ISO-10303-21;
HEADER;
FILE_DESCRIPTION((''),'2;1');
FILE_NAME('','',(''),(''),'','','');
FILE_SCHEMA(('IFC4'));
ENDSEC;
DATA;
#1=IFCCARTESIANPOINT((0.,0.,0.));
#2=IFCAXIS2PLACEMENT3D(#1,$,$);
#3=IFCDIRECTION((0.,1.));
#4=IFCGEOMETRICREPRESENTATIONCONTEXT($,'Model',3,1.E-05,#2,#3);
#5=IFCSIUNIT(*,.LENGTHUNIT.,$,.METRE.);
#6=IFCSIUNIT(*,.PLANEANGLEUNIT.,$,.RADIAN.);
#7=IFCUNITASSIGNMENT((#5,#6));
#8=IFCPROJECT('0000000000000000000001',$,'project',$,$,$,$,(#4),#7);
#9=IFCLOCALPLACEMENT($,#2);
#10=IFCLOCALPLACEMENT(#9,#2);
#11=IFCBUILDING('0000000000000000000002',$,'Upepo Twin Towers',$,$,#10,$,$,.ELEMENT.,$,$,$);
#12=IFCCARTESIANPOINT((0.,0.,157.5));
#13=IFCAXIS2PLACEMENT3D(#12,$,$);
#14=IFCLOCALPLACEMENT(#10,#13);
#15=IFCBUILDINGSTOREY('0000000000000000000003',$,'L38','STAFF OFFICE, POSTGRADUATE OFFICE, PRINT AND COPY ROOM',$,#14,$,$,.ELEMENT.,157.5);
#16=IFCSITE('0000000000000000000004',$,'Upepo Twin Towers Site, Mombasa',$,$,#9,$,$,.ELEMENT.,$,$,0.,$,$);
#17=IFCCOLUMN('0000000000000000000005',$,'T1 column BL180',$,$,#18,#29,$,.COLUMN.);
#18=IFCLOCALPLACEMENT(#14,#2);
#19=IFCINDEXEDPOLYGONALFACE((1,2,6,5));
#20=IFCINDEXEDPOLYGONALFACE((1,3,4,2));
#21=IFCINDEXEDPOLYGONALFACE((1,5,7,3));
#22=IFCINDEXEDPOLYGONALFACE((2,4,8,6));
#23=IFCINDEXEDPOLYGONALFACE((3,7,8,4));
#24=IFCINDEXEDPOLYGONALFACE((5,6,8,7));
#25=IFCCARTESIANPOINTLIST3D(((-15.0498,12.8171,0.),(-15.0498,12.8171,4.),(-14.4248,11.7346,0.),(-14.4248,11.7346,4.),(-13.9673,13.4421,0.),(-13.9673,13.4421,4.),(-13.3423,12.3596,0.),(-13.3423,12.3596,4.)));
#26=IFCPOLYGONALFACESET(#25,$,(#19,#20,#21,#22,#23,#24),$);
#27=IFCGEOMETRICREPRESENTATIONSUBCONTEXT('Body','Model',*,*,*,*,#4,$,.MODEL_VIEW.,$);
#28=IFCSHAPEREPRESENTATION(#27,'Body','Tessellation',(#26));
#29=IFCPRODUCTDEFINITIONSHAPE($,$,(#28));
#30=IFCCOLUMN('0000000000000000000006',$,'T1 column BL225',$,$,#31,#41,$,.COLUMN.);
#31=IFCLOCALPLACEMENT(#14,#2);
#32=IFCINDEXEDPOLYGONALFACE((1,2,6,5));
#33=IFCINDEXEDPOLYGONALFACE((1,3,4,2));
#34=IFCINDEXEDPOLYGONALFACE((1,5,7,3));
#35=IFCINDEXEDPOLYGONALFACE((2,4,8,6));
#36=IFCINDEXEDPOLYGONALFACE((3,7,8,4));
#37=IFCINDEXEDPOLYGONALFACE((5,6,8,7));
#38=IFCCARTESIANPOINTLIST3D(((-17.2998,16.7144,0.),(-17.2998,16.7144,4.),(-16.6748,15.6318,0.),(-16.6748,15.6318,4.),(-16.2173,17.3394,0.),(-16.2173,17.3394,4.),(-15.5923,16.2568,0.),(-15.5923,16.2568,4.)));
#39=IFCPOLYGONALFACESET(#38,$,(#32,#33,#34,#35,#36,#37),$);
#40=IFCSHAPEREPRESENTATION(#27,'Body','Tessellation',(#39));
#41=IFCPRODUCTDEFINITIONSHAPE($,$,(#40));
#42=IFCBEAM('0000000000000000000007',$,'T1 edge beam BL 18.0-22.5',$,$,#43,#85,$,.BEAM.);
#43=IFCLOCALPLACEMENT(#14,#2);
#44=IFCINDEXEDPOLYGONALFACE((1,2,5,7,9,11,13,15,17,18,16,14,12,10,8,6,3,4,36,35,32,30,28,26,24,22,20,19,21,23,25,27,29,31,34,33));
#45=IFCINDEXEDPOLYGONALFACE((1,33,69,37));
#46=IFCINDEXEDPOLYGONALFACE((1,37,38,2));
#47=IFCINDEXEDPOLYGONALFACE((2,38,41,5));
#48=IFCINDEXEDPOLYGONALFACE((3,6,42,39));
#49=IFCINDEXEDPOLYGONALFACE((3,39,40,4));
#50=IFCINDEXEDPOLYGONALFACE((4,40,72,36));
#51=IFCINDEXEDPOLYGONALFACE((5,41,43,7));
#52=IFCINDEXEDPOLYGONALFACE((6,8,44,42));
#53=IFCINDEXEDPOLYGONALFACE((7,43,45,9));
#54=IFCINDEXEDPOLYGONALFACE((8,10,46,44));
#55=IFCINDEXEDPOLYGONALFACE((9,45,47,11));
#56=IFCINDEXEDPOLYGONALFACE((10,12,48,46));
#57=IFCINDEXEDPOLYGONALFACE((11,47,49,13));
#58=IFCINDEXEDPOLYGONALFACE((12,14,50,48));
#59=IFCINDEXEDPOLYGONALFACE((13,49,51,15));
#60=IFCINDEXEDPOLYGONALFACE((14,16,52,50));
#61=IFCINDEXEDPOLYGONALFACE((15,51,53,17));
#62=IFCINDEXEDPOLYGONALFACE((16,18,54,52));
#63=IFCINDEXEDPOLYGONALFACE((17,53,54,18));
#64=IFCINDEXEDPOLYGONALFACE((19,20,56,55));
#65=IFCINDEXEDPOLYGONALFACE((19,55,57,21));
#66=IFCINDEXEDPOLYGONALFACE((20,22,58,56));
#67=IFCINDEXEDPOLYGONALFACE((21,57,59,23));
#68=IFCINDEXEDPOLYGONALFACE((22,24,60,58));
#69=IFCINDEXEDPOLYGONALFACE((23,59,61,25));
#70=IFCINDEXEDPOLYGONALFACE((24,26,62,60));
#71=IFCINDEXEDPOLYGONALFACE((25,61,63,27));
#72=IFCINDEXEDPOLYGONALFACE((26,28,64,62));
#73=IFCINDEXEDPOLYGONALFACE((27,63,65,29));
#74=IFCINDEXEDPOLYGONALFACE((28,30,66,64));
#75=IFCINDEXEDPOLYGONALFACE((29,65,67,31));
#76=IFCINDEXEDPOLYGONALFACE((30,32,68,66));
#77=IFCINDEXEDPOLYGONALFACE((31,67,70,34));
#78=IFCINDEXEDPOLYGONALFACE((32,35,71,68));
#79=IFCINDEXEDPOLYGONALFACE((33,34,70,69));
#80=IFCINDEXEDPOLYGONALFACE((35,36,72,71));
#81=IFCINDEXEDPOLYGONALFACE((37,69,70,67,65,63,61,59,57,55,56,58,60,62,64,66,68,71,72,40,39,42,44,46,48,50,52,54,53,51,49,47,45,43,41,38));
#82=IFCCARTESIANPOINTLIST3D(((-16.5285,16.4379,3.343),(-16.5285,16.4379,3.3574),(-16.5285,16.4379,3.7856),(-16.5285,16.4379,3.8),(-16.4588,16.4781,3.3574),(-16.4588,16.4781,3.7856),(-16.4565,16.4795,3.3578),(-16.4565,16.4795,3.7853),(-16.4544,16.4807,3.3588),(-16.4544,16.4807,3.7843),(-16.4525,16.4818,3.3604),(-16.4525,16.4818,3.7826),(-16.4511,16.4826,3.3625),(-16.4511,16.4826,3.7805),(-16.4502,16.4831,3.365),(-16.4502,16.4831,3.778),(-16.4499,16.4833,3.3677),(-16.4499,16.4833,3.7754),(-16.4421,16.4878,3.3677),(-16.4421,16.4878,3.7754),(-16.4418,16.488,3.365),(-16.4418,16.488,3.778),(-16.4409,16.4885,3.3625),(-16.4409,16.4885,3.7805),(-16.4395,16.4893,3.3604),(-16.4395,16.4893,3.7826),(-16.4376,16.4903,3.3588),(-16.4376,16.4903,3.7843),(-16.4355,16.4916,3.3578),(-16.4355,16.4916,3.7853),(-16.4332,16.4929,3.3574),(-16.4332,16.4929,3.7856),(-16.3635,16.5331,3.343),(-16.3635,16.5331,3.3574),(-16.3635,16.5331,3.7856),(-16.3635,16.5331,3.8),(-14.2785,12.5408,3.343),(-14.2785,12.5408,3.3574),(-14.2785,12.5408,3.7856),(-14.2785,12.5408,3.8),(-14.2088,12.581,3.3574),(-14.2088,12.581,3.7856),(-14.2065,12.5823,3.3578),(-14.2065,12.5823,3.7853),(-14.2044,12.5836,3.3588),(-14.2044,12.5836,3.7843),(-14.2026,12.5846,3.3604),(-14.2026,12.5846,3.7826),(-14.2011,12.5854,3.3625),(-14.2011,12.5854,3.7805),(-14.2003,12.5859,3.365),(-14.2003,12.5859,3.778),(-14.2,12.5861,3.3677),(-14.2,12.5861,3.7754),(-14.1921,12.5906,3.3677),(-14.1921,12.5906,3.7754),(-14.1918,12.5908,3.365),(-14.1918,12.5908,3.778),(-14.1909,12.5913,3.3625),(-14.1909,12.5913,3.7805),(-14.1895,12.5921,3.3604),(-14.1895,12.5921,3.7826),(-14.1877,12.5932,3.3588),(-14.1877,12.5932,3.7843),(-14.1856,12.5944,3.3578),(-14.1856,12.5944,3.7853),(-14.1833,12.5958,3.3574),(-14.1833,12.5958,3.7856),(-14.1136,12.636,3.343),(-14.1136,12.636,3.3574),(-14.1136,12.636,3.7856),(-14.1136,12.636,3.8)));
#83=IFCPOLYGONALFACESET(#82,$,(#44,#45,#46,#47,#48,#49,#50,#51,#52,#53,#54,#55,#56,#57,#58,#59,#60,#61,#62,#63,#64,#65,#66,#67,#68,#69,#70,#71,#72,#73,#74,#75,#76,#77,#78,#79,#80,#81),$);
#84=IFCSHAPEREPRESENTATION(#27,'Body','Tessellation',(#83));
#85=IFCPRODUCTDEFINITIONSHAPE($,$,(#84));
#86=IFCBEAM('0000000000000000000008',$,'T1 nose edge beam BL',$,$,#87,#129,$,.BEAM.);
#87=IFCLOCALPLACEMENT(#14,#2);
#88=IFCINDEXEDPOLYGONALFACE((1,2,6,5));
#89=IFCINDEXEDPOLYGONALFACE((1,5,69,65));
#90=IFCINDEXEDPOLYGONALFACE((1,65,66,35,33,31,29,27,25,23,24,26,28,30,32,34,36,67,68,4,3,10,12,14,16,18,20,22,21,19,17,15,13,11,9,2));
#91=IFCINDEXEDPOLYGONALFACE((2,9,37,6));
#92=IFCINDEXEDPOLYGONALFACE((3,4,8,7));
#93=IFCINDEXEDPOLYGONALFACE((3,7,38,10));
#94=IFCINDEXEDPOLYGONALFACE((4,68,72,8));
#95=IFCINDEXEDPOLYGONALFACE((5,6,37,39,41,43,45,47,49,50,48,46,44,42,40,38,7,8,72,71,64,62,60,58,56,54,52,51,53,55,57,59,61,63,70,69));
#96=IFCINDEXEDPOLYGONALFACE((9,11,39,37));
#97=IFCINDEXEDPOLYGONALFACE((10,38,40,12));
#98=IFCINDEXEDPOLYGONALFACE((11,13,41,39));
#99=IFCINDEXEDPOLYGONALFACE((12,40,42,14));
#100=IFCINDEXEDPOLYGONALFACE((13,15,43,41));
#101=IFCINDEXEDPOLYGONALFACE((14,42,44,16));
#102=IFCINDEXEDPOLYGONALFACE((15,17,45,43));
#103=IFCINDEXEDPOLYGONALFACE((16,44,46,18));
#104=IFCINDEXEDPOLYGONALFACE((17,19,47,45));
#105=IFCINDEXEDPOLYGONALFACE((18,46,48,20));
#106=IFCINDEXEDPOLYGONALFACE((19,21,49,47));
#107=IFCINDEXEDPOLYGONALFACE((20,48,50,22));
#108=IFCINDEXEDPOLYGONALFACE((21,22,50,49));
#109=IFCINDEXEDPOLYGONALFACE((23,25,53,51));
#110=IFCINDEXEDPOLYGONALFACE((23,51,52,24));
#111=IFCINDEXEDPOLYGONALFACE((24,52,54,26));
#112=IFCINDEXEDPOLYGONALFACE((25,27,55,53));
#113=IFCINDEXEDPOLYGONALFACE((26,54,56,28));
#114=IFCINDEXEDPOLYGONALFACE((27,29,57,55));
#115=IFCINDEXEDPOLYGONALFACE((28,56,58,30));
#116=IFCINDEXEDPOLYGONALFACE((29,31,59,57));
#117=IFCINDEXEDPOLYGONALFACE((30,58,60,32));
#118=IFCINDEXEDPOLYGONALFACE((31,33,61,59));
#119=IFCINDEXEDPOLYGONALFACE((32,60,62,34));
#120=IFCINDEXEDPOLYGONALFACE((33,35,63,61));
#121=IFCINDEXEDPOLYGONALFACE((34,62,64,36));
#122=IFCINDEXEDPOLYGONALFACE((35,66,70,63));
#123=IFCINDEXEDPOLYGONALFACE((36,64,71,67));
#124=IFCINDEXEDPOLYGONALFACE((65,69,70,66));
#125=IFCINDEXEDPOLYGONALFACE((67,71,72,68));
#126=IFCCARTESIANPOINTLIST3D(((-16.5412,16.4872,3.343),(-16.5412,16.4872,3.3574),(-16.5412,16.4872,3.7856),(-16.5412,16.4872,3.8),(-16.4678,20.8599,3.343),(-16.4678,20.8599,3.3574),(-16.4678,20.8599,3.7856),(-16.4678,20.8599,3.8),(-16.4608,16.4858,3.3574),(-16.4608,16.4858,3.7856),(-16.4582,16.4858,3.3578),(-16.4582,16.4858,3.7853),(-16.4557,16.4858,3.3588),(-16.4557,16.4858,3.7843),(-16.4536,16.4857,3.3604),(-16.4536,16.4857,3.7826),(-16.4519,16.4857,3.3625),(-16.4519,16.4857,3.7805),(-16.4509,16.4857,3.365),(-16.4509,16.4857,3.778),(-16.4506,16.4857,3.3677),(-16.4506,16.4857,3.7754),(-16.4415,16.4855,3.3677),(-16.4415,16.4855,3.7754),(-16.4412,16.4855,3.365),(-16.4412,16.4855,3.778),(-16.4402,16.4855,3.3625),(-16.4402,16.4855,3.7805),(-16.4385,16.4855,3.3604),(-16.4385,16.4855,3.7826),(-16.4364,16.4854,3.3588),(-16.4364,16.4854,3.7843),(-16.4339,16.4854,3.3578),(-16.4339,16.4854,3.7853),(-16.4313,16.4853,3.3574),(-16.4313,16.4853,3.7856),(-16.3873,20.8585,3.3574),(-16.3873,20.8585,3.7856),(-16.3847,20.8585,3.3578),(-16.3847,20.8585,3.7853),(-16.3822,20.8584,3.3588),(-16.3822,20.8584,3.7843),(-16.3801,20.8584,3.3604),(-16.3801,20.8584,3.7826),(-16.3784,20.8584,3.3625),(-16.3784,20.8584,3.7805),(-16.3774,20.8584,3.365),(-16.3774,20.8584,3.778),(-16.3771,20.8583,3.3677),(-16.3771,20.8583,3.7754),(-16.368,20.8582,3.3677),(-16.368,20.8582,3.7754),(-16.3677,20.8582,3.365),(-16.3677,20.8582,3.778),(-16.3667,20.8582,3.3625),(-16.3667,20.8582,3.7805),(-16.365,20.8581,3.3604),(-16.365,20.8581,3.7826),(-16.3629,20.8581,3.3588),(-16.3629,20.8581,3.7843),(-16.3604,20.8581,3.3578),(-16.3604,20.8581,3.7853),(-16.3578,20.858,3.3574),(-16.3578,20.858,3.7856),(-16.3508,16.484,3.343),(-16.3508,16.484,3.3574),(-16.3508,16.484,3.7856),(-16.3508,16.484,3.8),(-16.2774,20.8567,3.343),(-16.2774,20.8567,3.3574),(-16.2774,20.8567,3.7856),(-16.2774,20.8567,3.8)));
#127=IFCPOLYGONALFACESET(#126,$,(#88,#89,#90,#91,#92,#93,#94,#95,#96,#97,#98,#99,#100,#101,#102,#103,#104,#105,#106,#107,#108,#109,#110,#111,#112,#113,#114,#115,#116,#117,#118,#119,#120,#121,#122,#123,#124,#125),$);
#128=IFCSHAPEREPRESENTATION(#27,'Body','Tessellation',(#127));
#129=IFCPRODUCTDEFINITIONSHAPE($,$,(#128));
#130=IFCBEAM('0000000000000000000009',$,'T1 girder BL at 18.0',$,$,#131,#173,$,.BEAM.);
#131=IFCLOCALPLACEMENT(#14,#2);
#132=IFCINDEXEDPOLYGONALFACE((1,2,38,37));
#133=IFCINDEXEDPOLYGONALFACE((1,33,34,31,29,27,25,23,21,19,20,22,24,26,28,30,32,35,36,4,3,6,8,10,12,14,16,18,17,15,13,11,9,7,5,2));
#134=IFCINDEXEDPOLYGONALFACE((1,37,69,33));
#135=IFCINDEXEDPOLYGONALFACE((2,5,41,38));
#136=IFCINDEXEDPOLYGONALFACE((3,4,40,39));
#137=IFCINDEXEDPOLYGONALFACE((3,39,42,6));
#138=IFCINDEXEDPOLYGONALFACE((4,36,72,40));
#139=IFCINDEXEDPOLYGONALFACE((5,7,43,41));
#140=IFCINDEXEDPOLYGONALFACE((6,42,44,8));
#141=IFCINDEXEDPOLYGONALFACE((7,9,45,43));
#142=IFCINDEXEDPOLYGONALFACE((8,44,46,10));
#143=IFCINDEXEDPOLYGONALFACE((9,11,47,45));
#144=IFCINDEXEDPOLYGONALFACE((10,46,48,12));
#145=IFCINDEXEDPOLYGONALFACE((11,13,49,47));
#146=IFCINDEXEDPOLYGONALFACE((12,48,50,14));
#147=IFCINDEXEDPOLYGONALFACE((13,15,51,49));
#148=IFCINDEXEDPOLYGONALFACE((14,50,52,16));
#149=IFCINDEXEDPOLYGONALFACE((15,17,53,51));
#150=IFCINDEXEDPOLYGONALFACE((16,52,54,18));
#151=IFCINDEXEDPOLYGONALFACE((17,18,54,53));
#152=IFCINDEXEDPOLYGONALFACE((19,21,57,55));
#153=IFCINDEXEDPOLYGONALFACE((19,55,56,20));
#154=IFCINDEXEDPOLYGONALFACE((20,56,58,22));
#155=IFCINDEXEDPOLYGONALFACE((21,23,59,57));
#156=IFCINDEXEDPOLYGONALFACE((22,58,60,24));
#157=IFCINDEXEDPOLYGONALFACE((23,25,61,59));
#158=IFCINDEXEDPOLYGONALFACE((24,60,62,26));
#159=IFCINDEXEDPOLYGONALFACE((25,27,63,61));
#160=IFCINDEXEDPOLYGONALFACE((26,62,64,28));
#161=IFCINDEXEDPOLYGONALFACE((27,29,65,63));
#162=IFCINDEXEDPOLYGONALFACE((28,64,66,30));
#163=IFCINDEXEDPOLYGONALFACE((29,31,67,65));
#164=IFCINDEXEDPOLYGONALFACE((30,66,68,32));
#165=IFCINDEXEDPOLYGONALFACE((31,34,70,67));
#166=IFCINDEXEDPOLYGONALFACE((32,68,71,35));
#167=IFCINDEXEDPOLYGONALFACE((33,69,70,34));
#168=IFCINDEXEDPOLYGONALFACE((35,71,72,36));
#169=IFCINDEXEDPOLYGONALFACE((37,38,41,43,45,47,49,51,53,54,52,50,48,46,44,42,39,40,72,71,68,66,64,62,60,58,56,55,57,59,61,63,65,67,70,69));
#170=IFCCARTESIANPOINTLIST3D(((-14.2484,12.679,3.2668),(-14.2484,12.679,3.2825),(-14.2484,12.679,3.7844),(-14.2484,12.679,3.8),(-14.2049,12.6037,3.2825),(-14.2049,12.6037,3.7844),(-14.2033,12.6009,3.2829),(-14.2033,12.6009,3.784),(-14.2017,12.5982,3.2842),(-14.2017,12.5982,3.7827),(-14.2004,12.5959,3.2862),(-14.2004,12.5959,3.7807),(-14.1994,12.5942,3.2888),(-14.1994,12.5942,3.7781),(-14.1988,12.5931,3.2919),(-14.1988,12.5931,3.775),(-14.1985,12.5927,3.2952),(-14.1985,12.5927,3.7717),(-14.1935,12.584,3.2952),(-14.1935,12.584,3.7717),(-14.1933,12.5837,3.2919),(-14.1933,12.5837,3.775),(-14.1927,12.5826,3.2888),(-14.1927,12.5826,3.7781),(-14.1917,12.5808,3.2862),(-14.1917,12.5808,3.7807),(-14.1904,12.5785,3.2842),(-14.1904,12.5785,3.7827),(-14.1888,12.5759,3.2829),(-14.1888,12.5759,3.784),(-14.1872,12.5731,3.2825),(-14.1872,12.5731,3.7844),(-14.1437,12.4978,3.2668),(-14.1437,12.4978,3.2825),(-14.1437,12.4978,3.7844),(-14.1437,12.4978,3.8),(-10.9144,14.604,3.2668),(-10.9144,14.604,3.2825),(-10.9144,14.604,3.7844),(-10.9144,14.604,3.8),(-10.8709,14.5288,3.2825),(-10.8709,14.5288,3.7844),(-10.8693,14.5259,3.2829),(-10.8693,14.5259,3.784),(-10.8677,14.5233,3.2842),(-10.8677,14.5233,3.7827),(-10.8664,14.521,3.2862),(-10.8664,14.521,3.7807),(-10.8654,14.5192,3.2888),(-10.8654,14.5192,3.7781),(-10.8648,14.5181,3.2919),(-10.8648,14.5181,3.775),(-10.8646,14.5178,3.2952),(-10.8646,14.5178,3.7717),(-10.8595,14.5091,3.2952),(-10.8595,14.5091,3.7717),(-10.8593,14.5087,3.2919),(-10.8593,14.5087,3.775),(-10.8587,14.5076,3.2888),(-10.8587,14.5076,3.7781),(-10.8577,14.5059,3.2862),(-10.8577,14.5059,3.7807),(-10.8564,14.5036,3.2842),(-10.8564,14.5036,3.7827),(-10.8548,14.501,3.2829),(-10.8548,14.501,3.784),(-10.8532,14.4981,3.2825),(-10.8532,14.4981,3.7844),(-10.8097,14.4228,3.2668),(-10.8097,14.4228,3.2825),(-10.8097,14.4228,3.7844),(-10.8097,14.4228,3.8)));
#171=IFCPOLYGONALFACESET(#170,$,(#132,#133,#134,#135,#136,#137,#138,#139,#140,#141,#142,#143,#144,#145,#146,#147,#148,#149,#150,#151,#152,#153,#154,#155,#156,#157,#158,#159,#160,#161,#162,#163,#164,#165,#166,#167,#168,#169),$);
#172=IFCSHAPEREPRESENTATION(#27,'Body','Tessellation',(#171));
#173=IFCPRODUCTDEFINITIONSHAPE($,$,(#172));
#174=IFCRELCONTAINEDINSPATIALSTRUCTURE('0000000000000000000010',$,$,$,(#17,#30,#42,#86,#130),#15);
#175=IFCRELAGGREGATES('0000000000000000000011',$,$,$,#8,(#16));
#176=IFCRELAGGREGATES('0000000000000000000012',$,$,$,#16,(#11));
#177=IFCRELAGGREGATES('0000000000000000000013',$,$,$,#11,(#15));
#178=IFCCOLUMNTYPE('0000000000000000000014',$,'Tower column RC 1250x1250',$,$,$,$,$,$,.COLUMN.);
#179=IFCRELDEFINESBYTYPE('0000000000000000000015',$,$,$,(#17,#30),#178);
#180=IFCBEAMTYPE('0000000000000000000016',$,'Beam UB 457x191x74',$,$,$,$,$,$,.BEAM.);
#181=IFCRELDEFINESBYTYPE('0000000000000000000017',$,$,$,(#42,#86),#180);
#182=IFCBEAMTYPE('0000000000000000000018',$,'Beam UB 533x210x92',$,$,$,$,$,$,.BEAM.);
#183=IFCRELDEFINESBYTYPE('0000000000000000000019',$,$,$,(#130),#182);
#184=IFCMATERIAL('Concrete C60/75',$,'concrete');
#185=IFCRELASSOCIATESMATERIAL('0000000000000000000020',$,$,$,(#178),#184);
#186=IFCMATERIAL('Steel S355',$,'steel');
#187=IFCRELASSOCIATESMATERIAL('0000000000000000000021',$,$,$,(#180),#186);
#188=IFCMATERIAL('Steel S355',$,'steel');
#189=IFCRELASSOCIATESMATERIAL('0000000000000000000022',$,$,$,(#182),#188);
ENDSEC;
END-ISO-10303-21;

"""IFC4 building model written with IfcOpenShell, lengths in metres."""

from ifc_helpers import new_model, si_unit, direction, frame, origin, origin_2d, place, context, subcontext, project, spatial, rectangle, i_section, extrude, material, material_profile, profile_set, type_object, element, save


model = new_model("IFC4")

# Units and contexts
model_context = context("Model", 3, precision=1e-05, world=origin(), true_north=direction((0.0, 1.0)))
body_context = subcontext(model_context, "Body", "Model", "MODEL_VIEW")
ifc_project = project(units=[si_unit("LENGTHUNIT", "METRE"), si_unit("PLANEANGLEUNIT", "RADIAN")], contexts=[model_context])

# Site, building, storey
site_placement = place(None, origin())
site = spatial("IfcSite", under=ifc_project, at=site_placement, Name="Upepo Twin Towers Site, Mombasa", CompositionType="ELEMENT", RefElevation=0.0)
building_placement = place(site_placement, origin())
building = spatial("IfcBuilding", under=site, at=building_placement, Name="Upepo Twin Towers", CompositionType="ELEMENT")
storey_placement = place(building_placement, frame((0.0, 0.0, 157.5)))
storey = spatial("IfcBuildingStorey", under=building, at=storey_placement, Name="L38", Description="STAFF OFFICE, POSTGRADUATE OFFICE, PRINT AND COPY ROOM", CompositionType="ELEMENT", Elevation=157.5)

# Columns
ifc_material_1 = material(Name="Concrete C60/75", Category="concrete")
ifc_material_profile_1 = material_profile(ifc_material_1, rectangle(XDim=1.25, YDim=1.25, at=origin_2d()), Name="RC 1250x1250")
ifc_profile_set_1 = profile_set([ifc_material_profile_1], Name="Concrete C60/75")
column_type = type_object("IfcColumnType", Name="Tower column RC 1250x1250", PredefinedType="COLUMN", material=ifc_profile_set_1)
for number, where, z_axis, x_axis, name in (
    (1, (-14.196, 12.5884, 0.0), (0.0, 0.0, 1.0), (0.866025, 0.5, 0.0), "T1 column BL180"),
    (2, (-16.446, 16.4856, 0.0), (0.0, 0.0, 1.0), (0.866025, 0.5, 0.0), "T1 column BL225"),
):
    element("IfcColumn", number, at=place(storey_placement, frame(where, z_axis=z_axis, x_axis=x_axis)), inside=storey, type_object=column_type, Name=name, PredefinedType="COLUMN", context=body_context, shape_type="SweptSolid", body=[
        extrude(rectangle(XDim=1.25, YDim=1.25, at=origin_2d()), origin(), (0.0, 0.0, 1.0), 4.0),
    ])

# Beams
ifc_material_2 = material(Name="Steel S355", Category="steel")
ifc_material_profile_2 = material_profile(ifc_material_2, i_section(OverallWidth=0.1904, OverallDepth=0.457, WebThickness=0.009, FlangeThickness=0.0144, FilletRadius=0.0103, at=origin_2d()), Name="UB 457x191x74")
ifc_profile_set_2 = profile_set([ifc_material_profile_2], Name="Steel S355")
beam_type_1 = type_object("IfcBeamType", Name="Beam UB 457x191x74", PredefinedType="BEAM", material=ifc_profile_set_2)
beam_1_placement = place(storey_placement, frame((-14.196, 12.5884, 3.5715), z_axis=(-0.49999, 0.866031, 0.0), x_axis=(-0.866031, -0.49999, 0.0)))
element("IfcBeam", 3, at=beam_1_placement, inside=storey, type_object=beam_type_1, Name="T1 edge beam BL 18.0-22.5", PredefinedType="BEAM", context=body_context, shape_type="SweptSolid", body=[
    extrude(i_section(OverallWidth=0.1904, OverallDepth=0.457, WebThickness=0.009, FlangeThickness=0.0144, FilletRadius=0.0103, at=origin_2d()), origin(), (0.0, 0.0, 1.0), 4.5),
])
beam_2_placement = place(storey_placement, frame((-16.446, 16.4856, 3.5715), z_axis=(0.016804, 0.999859, 0.0), x_axis=(-0.999859, 0.016804, 0.0)))
element("IfcBeam", 4, at=beam_2_placement, inside=storey, type_object=beam_type_1, Name="T1 nose edge beam BL", PredefinedType="BEAM", context=body_context, shape_type="SweptSolid", body=[
    extrude(i_section(OverallWidth=0.1904, OverallDepth=0.457, WebThickness=0.009, FlangeThickness=0.0144, FilletRadius=0.0103, at=origin_2d()), origin(), (0.0, 0.0, 1.0), 4.3733),
])
ifc_material_3 = material(Name="Steel S355", Category="steel")
ifc_material_profile_3 = material_profile(ifc_material_3, i_section(OverallWidth=0.2092, OverallDepth=0.5332, WebThickness=0.01, FlangeThickness=0.0156, FilletRadius=0.0127, at=origin_2d()), Name="UB 533x210x92")
ifc_profile_set_3 = profile_set([ifc_material_profile_3], Name="Steel S355")
beam_type_2 = type_object("IfcBeamType", Name="Beam UB 533x210x92", PredefinedType="BEAM", material=ifc_profile_set_3)
for number, where, z_axis, x_axis, name in (
    (5, (-14.196, 12.5884, 3.5334), (0.866006, 0.500034, 0.0), (-0.500034, 0.866006, 0.0), "T1 girder BL at 18.0"),
):
    element("IfcBeam", number, at=place(storey_placement, frame(where, z_axis=z_axis, x_axis=x_axis)), inside=storey, type_object=beam_type_2, Name=name, PredefinedType="BEAM", context=body_context, shape_type="SweptSolid", body=[
        extrude(i_section(OverallWidth=0.2092, OverallDepth=0.5332, WebThickness=0.01, FlangeThickness=0.0156, FilletRadius=0.0127, at=origin_2d()), origin(), (0.0, 0.0, 1.0), 3.8499),
    ])

save(model, "model.ifc")
